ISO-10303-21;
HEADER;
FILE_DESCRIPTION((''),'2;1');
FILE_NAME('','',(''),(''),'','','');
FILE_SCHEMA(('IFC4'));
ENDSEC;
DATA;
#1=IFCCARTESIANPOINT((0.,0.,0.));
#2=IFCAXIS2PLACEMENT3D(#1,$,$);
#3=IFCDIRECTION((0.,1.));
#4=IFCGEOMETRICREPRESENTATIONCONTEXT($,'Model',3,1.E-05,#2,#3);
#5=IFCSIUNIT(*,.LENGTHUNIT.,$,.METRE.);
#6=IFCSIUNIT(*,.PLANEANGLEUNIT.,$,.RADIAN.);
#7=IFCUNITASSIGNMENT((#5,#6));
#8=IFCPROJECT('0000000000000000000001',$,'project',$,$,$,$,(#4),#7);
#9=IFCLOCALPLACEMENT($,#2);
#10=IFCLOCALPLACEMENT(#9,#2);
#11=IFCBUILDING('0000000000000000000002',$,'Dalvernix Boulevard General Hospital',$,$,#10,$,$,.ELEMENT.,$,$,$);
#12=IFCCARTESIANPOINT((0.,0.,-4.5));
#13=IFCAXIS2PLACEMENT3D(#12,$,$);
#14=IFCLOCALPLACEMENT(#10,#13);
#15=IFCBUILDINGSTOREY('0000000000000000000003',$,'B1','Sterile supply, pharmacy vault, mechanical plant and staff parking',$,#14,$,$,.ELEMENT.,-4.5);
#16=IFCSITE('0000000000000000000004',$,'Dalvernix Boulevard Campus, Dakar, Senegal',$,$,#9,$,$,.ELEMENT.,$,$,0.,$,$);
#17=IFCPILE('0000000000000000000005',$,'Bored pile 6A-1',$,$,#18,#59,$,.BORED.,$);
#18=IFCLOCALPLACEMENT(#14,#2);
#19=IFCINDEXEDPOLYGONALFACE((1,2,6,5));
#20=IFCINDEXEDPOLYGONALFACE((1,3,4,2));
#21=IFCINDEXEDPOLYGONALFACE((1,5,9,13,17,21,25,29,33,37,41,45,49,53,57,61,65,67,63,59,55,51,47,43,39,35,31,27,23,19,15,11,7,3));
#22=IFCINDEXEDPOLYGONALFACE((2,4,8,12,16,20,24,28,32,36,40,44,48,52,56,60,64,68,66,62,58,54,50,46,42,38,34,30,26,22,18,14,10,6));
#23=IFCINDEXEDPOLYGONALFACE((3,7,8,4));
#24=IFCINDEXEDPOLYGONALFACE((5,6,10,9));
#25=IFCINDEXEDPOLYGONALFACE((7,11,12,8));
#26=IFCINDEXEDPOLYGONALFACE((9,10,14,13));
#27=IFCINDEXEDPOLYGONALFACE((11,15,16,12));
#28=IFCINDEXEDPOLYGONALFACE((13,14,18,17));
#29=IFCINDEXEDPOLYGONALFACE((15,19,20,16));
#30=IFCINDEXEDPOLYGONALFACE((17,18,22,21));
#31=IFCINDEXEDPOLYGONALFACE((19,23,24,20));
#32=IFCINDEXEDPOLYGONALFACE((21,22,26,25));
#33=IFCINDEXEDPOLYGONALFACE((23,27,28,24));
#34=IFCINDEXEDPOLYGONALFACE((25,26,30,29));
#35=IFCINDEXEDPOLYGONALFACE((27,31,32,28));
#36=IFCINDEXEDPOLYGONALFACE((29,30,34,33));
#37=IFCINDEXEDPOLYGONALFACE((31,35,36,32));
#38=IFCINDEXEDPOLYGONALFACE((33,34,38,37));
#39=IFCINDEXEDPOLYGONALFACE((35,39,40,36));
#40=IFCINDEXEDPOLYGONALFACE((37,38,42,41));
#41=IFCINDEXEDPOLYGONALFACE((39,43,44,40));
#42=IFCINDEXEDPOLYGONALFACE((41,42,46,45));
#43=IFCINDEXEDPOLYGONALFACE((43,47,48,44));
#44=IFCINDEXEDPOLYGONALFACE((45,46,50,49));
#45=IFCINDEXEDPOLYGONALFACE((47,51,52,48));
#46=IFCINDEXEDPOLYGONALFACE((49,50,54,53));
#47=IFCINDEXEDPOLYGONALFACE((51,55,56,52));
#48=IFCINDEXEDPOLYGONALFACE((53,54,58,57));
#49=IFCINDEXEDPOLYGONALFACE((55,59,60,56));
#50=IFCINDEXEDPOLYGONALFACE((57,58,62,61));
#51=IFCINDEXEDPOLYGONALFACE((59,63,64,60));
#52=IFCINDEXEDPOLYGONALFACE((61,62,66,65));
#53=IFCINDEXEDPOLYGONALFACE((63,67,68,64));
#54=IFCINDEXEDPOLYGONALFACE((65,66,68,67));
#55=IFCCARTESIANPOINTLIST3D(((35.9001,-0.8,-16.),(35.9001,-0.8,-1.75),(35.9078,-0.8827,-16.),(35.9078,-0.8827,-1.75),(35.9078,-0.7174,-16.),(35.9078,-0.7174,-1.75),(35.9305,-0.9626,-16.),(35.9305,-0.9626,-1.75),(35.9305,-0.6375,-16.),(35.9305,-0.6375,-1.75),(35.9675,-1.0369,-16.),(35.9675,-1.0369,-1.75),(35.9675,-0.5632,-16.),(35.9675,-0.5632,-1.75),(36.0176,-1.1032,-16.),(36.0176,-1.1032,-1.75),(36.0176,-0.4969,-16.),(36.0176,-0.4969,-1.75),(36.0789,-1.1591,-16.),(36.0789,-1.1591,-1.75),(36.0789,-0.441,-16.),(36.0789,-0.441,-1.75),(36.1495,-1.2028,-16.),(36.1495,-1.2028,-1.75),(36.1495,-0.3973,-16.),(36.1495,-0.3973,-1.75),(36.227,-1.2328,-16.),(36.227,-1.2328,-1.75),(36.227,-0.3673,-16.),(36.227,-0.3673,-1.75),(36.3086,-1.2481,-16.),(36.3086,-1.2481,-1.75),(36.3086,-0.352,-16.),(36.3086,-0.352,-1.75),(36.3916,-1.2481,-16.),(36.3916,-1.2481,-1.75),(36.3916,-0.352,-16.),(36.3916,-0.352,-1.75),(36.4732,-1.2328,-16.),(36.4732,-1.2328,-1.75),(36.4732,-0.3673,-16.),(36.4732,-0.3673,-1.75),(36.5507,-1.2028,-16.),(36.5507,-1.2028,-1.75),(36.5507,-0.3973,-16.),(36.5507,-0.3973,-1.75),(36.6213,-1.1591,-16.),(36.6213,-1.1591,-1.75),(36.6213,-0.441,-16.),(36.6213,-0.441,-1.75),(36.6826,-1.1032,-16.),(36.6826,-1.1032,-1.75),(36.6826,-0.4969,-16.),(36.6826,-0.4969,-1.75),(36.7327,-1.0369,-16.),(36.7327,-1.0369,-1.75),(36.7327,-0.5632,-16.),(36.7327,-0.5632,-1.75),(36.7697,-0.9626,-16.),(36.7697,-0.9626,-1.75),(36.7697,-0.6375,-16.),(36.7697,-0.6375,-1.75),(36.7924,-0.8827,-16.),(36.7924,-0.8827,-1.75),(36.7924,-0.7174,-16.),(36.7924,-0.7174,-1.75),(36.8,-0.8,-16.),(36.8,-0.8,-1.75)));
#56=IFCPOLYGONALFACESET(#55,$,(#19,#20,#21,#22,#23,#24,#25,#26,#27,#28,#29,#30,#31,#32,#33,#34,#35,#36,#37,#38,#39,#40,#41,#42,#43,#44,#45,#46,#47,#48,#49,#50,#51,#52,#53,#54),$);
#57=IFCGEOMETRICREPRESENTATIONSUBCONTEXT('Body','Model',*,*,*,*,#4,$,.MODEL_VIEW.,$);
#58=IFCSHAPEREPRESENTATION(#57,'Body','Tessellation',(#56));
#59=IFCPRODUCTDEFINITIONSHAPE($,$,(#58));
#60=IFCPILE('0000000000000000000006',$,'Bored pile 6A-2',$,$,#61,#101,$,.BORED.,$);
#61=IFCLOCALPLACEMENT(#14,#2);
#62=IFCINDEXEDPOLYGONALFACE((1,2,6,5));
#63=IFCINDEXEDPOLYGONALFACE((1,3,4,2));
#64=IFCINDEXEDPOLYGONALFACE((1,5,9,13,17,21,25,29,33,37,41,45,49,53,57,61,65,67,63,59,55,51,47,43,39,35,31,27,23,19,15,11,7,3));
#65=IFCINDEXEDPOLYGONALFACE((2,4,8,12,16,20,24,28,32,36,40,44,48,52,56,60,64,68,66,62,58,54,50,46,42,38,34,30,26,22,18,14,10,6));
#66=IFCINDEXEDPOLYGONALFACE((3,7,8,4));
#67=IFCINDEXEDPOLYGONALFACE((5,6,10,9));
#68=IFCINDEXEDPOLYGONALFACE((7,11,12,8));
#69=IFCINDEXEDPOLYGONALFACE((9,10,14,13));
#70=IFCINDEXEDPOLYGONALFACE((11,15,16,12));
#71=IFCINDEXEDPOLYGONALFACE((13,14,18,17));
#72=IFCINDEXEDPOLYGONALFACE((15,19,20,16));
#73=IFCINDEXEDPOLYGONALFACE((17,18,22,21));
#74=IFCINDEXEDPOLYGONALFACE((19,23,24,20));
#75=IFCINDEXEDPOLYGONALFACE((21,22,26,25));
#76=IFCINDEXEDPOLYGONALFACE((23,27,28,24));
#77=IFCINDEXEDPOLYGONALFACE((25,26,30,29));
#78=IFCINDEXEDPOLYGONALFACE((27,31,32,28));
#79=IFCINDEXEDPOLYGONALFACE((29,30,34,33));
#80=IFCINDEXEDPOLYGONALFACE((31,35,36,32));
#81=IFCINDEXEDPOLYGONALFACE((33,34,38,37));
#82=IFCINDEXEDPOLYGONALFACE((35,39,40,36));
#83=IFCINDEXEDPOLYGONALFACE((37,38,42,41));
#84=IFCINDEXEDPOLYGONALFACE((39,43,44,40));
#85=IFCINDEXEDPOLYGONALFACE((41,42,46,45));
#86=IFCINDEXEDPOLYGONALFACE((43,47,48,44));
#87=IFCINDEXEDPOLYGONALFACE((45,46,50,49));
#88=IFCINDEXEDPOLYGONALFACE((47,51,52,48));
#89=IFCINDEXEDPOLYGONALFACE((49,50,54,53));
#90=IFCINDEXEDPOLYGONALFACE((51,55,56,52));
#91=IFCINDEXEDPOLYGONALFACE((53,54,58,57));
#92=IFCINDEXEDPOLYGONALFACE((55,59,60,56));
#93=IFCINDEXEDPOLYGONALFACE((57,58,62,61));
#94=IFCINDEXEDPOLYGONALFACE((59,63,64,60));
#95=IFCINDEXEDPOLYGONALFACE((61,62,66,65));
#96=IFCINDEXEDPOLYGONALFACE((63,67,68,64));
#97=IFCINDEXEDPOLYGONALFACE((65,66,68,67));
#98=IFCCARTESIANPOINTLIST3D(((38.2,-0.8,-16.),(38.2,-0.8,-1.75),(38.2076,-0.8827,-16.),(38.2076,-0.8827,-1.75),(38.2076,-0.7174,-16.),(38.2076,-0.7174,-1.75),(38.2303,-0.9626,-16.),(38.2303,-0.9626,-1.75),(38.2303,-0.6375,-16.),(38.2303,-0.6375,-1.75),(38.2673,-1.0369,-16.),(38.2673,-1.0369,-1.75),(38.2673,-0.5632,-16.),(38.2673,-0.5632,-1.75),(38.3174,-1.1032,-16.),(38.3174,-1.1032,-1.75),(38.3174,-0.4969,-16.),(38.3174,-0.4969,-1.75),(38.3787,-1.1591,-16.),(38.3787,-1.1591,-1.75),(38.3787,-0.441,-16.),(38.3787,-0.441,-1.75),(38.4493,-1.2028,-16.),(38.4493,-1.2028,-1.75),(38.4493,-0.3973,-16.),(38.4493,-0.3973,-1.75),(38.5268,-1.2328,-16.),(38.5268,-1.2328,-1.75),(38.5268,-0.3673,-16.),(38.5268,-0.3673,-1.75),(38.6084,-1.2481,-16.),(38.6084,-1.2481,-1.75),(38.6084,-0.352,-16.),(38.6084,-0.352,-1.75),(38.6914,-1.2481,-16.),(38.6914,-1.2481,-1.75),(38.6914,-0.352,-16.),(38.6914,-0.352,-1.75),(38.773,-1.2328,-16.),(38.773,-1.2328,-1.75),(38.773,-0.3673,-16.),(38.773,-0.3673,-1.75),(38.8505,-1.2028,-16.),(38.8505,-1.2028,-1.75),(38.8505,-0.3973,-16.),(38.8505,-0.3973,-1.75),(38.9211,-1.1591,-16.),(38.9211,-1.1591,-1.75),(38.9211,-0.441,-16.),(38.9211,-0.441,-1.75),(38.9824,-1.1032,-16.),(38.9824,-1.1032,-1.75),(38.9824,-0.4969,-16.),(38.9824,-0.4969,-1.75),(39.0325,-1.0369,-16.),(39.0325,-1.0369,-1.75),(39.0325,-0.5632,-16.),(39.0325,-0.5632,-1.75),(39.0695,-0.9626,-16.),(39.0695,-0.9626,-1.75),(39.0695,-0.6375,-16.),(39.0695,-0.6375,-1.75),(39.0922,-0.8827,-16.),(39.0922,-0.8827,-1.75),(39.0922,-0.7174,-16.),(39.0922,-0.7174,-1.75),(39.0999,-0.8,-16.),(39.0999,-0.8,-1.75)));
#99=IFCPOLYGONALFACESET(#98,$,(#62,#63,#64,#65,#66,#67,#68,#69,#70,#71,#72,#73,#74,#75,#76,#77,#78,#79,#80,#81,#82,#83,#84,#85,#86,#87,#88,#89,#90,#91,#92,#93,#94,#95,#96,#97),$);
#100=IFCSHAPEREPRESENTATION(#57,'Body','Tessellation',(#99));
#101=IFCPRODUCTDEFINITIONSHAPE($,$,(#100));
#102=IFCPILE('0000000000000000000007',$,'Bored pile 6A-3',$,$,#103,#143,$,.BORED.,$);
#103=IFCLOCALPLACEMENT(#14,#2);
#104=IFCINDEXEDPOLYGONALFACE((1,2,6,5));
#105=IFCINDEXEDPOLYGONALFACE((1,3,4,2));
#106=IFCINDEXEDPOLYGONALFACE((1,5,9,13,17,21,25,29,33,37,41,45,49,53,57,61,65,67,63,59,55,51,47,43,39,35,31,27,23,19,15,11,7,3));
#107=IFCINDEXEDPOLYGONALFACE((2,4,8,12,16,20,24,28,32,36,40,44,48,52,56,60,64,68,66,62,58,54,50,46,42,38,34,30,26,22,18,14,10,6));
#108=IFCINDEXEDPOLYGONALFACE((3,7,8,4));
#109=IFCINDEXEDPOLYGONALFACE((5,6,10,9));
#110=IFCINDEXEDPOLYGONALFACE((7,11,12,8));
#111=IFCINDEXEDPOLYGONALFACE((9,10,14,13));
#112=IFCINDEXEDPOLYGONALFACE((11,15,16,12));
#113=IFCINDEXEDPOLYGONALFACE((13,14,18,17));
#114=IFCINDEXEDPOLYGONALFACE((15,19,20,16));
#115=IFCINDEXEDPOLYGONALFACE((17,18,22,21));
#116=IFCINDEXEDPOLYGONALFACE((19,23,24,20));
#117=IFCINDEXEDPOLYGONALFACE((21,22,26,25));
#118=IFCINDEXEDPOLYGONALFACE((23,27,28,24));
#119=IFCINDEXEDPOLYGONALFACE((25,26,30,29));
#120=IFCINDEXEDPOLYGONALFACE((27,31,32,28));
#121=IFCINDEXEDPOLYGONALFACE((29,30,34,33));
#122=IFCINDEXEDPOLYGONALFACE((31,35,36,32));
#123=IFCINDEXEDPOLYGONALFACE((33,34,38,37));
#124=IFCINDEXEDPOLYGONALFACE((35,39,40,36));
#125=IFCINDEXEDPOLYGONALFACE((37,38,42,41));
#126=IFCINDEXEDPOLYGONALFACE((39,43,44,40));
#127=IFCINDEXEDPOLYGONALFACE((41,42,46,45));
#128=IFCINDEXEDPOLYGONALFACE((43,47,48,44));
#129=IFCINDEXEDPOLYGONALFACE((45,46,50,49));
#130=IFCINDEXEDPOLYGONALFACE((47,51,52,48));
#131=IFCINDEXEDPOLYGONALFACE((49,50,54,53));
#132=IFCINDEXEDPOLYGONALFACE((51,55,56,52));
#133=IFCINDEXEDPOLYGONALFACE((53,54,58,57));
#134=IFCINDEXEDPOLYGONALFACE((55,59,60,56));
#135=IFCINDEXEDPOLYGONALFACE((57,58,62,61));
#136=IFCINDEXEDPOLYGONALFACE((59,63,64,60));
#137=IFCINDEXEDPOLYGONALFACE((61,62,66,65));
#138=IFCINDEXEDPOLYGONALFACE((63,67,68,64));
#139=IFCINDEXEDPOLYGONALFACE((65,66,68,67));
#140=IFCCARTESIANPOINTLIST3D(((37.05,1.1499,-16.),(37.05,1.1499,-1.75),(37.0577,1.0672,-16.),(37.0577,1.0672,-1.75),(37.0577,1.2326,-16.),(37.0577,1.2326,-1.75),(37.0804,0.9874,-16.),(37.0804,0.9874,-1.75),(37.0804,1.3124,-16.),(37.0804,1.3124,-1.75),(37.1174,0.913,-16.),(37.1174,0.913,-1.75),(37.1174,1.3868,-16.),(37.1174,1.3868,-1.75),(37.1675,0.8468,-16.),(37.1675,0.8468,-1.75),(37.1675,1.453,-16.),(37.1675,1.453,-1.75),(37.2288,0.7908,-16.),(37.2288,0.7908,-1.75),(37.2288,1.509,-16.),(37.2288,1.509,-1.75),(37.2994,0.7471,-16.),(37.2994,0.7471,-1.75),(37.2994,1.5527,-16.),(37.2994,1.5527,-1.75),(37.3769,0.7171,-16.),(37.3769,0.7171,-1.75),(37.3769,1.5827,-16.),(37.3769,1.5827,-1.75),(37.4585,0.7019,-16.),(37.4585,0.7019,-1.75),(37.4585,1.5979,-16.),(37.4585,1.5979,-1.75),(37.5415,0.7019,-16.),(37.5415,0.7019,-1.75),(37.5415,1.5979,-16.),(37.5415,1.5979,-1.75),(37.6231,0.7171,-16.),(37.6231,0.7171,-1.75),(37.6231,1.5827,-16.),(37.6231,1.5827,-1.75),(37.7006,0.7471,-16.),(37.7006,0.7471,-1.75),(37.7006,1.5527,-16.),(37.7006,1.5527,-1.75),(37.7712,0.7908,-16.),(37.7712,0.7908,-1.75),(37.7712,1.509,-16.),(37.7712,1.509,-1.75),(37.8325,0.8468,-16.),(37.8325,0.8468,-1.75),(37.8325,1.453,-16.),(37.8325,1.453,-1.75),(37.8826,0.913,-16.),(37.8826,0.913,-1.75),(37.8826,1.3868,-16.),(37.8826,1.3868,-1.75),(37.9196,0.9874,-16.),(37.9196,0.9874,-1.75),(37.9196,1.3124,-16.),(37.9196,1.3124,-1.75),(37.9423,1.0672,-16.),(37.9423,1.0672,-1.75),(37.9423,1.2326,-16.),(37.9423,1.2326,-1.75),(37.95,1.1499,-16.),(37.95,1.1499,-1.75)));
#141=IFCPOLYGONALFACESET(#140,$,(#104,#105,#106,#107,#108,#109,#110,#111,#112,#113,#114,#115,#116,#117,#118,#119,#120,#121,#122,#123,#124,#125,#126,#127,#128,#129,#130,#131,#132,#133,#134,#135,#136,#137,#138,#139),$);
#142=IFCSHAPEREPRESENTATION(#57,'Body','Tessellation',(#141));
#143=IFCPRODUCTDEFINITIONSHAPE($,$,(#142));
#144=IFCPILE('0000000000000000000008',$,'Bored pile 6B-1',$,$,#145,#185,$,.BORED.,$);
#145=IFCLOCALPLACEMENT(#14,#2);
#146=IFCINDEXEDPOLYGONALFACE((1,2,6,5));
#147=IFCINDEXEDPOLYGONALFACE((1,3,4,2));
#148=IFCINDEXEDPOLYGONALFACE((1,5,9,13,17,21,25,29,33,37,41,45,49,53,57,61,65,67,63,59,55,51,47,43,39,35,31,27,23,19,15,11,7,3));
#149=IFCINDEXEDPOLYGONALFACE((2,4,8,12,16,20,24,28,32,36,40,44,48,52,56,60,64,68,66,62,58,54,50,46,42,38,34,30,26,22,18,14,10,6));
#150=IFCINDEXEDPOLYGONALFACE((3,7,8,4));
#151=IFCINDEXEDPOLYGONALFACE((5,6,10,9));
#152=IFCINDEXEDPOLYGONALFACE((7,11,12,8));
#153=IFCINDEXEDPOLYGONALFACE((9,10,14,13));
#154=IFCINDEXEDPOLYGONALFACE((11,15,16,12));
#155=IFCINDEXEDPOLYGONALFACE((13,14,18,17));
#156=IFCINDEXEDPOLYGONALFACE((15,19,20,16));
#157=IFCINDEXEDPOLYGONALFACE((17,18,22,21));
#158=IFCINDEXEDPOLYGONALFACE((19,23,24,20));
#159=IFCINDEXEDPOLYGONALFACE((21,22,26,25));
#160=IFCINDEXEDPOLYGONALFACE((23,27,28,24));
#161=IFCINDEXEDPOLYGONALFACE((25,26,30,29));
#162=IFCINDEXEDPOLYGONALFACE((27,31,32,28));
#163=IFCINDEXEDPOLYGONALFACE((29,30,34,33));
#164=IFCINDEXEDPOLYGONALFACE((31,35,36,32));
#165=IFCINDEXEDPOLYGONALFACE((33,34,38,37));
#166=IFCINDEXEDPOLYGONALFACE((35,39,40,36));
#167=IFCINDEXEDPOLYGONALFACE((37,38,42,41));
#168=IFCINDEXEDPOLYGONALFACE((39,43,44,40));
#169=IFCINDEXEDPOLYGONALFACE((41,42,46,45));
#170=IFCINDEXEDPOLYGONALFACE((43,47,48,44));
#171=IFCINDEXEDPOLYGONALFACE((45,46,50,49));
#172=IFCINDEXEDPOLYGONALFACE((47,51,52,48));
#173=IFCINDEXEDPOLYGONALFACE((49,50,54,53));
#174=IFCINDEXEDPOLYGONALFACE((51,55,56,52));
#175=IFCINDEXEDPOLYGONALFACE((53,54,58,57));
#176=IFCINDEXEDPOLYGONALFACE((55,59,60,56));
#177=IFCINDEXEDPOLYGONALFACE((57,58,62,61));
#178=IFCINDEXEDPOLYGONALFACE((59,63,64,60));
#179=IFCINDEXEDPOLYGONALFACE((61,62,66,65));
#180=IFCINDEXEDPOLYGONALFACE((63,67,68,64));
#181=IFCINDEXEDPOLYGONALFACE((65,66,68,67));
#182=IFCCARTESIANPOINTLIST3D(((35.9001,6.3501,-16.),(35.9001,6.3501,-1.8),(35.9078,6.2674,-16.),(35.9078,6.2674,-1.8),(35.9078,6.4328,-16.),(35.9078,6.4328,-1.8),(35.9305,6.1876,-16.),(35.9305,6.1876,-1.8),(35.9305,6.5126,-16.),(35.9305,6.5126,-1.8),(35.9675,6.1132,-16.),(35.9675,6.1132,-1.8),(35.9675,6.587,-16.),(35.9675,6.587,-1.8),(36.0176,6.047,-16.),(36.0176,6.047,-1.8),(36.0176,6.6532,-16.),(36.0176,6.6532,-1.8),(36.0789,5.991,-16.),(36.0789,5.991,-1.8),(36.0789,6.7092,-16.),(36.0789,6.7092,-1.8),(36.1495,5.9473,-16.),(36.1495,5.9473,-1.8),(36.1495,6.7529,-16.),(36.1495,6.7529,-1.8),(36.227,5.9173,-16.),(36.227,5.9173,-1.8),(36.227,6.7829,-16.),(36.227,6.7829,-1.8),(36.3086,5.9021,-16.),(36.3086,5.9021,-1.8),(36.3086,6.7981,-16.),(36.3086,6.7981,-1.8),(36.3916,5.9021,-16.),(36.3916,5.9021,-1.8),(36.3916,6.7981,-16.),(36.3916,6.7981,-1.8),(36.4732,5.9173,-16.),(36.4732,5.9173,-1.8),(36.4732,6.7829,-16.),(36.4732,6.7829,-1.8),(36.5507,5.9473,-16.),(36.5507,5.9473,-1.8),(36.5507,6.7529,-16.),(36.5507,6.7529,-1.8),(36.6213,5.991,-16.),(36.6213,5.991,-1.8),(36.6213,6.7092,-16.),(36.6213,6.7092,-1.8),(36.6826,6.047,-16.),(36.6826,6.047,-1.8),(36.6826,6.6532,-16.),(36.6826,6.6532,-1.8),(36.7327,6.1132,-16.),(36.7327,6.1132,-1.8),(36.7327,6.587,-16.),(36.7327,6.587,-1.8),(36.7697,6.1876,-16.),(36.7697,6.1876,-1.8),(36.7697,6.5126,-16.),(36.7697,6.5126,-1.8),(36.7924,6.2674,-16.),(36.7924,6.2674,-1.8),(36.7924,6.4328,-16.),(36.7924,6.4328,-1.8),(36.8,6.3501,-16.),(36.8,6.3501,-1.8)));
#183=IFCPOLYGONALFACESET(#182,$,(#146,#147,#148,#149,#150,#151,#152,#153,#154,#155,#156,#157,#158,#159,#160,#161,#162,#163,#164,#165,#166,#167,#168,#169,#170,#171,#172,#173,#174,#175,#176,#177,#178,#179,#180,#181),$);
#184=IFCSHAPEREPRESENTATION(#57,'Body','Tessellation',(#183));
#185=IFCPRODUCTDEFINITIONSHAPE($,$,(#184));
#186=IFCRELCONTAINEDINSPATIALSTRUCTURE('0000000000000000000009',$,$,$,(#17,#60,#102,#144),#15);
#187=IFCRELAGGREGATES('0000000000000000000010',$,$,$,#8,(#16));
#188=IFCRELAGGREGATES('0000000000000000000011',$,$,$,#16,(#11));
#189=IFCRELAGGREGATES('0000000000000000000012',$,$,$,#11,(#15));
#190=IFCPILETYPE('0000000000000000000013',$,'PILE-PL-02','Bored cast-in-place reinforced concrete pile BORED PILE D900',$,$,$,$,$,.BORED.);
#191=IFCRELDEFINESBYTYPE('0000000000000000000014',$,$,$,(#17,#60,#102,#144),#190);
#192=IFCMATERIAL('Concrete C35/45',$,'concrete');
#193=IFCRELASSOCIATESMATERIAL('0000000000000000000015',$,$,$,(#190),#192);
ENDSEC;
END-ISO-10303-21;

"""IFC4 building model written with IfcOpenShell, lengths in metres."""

from ifc_helpers import new_model, si_unit, direction, frame, origin, origin_2d, place, context, subcontext, project, spatial, circle, extrude, material, material_profile, profile_set, type_object, element, save


model = new_model("IFC4")

# Units and contexts
model_context = context("Model", 3, precision=1e-05, world=origin(), true_north=direction((0.0, 1.0)))
body_context = subcontext(model_context, "Body", "Model", "MODEL_VIEW")
ifc_project = project(units=[si_unit("LENGTHUNIT", "METRE"), si_unit("PLANEANGLEUNIT", "RADIAN")], contexts=[model_context])

# Site, building, storey
site_placement = place(None, origin())
site = spatial("IfcSite", under=ifc_project, at=site_placement, Name="Dalvernix Boulevard Campus, Dakar, Senegal", CompositionType="ELEMENT", RefElevation=0.0)
building_placement = place(site_placement, origin())
building = spatial("IfcBuilding", under=site, at=building_placement, Name="Dalvernix Boulevard General Hospital", CompositionType="ELEMENT")
storey_placement = place(building_placement, frame((0.0, 0.0, -4.5)))
storey = spatial("IfcBuildingStorey", under=building, at=storey_placement, Name="B1", Description="Sterile supply, pharmacy vault, mechanical plant and staff parking", CompositionType="ELEMENT", Elevation=-4.5)

# Shared definitions
ifc_material_1 = material(Name="Concrete C35/45", Category="concrete")

# Piles
ifc_material_profile_1 = material_profile(ifc_material_1, circle(Radius=0.45, at=origin_2d()), Name="BORED PILE D900")
ifc_profile_set_1 = profile_set([ifc_material_profile_1], Name="Concrete C35/45")
pile_type_1 = type_object("IfcPileType", Name="PILE-PL-02", Description="Bored cast-in-place reinforced concrete pile BORED PILE D900", PredefinedType="BORED", material=ifc_profile_set_1)
for number, where, z_axis, x_axis, name in (
    (1, (36.3501, -0.8, -1.75), (0.0, 0.0, -1.0), (1.0, 0.0, 0.0), "Bored pile 6A-1"),
    (2, (38.6499, -0.8, -1.75), (0.0, 0.0, -1.0), (1.0, 0.0, 0.0), "Bored pile 6A-2"),
    (3, (37.5, 1.1499, -1.75), (0.0, 0.0, -1.0), (1.0, 0.0, 0.0), "Bored pile 6A-3"),
):
    element("IfcPile", number, at=place(storey_placement, frame(where, z_axis=z_axis, x_axis=x_axis)), inside=storey, type_object=pile_type_1, Name=name, PredefinedType="BORED", context=body_context, shape_type="SweptSolid", body=[
        extrude(circle(Radius=0.45, at=origin_2d()), origin(), (0.0, 0.0, 1.0), 14.25),
    ])
for number, where, z_axis, x_axis, name in (
    (4, (36.3501, 6.3501, -1.8), (0.0, 0.0, -1.0), (1.0, 0.0, 0.0), "Bored pile 6B-1"),
):
    element("IfcPile", number, at=place(storey_placement, frame(where, z_axis=z_axis, x_axis=x_axis)), inside=storey, type_object=pile_type_1, Name=name, PredefinedType="BORED", context=body_context, shape_type="SweptSolid", body=[
        extrude(circle(Radius=0.45, at=origin_2d()), origin(), (0.0, 0.0, 1.0), 14.2),
    ])

save(model, "model.ifc")
